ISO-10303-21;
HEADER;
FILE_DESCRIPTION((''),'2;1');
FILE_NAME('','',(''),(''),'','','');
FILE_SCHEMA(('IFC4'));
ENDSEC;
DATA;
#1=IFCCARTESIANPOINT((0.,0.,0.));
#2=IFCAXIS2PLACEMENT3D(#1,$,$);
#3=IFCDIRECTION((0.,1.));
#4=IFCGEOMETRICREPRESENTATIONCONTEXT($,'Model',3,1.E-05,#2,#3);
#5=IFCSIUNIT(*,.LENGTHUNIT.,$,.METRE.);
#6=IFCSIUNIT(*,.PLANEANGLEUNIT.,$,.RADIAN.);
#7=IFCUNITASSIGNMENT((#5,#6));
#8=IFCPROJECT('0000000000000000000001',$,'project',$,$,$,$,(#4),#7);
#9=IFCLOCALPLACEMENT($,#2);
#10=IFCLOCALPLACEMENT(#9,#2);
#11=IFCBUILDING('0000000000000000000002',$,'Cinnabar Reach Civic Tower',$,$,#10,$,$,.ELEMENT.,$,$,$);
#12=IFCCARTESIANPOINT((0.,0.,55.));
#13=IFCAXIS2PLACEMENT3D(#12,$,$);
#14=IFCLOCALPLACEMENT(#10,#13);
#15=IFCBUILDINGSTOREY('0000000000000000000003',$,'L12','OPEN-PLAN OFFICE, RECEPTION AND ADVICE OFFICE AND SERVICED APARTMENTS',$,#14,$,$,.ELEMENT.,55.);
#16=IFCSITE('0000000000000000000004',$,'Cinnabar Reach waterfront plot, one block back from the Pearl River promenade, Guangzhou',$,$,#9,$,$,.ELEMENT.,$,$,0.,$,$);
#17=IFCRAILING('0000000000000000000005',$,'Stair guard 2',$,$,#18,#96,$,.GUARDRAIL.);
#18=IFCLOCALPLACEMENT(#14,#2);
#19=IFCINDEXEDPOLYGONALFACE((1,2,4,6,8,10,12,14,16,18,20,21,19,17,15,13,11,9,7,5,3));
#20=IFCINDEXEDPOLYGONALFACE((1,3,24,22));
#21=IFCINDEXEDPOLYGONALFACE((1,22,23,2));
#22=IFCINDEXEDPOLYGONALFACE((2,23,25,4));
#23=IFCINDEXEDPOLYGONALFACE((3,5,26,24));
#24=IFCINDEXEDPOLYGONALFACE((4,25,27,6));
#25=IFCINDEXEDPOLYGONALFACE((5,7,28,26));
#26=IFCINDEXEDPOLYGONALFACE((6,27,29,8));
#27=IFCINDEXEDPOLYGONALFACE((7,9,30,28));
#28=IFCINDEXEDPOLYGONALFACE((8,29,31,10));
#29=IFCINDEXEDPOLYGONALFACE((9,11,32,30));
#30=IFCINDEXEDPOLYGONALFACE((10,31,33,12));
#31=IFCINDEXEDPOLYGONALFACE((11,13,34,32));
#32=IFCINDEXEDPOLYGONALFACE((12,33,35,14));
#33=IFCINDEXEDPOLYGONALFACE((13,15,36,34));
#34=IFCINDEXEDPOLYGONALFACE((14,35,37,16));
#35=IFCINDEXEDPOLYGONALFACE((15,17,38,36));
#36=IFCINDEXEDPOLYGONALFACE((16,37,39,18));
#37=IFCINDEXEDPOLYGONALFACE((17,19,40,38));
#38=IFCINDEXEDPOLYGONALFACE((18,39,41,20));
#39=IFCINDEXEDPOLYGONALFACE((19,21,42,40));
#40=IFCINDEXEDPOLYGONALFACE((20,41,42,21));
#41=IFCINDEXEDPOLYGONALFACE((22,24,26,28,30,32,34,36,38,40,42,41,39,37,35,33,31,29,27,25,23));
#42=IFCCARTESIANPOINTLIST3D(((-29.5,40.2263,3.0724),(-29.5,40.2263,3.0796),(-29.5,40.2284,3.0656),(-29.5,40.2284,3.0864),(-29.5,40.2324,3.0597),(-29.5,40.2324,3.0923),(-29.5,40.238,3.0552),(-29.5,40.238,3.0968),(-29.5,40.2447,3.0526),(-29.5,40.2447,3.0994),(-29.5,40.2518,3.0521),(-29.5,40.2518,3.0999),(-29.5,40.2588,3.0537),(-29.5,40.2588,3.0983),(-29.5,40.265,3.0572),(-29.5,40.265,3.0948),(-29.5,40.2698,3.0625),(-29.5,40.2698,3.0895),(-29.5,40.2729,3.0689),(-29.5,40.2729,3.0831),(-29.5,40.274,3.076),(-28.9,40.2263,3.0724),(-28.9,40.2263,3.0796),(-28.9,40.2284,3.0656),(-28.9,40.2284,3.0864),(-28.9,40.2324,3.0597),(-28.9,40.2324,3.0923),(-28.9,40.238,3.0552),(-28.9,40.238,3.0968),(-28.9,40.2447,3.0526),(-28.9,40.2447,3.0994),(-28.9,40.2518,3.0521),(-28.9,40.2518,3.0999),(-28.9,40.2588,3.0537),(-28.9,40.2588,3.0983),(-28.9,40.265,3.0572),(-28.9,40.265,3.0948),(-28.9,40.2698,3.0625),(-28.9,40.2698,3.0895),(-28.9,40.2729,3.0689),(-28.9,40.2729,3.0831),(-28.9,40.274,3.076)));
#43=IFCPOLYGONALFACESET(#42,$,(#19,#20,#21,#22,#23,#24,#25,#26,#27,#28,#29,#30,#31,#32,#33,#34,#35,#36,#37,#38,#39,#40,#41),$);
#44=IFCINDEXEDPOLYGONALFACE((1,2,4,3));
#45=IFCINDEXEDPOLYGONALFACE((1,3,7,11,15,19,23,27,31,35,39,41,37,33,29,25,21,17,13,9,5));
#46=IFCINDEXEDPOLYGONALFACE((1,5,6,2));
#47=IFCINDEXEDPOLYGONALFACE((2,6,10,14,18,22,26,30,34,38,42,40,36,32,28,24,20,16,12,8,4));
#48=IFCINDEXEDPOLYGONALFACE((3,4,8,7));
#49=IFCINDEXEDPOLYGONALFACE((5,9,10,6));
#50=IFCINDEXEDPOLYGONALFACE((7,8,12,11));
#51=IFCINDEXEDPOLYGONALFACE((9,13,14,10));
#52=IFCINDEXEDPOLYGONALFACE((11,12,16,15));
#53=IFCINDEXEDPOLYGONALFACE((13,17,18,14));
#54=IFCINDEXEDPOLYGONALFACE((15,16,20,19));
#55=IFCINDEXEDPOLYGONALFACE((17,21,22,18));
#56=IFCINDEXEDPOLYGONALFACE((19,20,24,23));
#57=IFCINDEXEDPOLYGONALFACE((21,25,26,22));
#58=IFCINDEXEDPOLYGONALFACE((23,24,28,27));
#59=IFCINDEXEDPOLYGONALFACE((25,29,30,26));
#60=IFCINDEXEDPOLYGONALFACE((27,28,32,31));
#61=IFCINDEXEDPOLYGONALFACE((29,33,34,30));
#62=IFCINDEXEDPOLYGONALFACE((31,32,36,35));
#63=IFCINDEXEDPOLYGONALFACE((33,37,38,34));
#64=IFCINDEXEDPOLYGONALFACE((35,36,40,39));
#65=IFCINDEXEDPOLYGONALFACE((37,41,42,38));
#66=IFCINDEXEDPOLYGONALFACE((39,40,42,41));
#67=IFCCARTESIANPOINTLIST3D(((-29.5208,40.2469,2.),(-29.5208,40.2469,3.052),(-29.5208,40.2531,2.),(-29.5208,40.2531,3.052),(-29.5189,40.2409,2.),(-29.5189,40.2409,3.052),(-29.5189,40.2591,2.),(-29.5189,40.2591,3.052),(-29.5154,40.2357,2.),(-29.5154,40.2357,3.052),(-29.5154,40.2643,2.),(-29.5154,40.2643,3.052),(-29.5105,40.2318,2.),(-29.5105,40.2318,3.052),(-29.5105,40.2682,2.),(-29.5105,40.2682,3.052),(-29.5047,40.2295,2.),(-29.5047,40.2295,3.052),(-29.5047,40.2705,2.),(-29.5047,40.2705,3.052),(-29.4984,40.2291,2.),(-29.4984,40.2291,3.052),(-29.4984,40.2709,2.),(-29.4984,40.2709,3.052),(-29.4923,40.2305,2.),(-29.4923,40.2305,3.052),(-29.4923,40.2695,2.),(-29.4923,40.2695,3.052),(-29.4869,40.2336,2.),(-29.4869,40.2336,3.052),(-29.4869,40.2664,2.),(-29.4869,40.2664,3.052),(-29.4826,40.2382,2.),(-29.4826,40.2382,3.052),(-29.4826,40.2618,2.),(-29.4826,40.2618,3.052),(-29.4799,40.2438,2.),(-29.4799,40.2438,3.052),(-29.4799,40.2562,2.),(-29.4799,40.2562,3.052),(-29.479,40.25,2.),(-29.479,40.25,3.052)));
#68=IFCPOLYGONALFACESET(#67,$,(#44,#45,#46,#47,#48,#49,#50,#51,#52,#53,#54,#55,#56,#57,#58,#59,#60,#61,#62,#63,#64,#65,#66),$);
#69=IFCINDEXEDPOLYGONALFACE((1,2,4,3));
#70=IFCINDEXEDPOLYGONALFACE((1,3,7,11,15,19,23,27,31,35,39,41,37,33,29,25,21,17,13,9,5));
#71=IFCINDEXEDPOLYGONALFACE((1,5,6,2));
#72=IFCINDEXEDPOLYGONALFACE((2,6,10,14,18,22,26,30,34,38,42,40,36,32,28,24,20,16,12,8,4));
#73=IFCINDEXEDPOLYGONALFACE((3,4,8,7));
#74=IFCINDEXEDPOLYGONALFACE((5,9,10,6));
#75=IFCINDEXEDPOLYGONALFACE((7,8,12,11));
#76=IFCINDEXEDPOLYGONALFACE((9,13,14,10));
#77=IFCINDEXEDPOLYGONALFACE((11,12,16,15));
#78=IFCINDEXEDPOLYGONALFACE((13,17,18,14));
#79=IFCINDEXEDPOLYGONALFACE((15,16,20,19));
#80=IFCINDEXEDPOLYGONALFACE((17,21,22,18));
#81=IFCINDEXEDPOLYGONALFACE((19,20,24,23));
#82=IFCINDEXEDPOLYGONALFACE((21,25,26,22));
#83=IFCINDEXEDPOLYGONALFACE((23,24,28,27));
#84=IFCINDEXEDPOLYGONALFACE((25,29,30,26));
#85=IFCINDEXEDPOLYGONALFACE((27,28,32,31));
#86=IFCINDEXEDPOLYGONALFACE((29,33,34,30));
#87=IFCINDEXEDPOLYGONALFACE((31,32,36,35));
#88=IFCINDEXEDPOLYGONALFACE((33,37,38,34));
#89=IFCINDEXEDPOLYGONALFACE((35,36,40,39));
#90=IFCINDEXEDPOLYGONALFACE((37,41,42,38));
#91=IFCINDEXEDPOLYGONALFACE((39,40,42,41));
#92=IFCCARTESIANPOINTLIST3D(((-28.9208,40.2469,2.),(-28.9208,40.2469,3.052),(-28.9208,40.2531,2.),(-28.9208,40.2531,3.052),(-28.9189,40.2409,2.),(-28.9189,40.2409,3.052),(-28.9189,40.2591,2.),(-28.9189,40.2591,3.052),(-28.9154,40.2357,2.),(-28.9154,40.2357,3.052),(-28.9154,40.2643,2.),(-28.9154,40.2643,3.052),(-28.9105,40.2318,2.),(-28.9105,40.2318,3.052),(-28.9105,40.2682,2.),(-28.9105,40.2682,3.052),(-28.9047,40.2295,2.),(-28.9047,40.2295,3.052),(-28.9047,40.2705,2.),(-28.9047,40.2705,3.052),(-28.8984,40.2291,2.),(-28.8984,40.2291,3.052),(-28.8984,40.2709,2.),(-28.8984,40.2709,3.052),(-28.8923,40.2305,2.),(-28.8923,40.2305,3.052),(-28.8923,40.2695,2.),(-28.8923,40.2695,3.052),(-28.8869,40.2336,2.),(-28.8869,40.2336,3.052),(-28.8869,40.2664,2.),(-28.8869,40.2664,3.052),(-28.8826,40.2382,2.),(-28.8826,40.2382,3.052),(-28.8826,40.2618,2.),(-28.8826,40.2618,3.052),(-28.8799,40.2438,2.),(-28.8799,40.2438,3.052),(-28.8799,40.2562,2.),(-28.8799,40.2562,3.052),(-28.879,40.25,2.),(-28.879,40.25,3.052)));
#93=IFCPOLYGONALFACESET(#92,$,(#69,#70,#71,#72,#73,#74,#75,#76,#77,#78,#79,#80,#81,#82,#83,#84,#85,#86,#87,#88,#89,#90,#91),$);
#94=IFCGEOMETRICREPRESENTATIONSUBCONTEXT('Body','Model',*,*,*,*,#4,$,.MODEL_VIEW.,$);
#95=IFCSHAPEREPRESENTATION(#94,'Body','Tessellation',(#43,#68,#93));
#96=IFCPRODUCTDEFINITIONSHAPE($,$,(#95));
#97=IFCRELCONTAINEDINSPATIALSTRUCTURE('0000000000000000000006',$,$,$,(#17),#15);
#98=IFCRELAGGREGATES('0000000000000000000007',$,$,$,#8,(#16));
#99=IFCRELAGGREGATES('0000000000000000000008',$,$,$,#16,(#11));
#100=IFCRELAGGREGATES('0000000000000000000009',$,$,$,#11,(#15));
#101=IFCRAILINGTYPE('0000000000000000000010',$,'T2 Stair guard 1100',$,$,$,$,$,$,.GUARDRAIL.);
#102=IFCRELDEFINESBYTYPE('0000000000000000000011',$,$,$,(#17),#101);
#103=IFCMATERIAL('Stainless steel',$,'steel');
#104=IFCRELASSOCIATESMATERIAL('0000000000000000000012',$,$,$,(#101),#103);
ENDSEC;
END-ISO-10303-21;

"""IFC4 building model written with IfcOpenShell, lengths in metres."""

from ifc_helpers import new_model, si_unit, direction, frame, origin, origin_2d, place, context, subcontext, project, spatial, circle, extrude, material, type_object, element, save


model = new_model("IFC4")

# Units and contexts
model_context = context("Model", 3, precision=1e-05, world=origin(), true_north=direction((0.0, 1.0)))
body_context = subcontext(model_context, "Body", "Model", "MODEL_VIEW")
ifc_project = project(units=[si_unit("LENGTHUNIT", "METRE"), si_unit("PLANEANGLEUNIT", "RADIAN")], contexts=[model_context])

# Site, building, storey
site_placement = place(None, origin())
site = spatial("IfcSite", under=ifc_project, at=site_placement, Name="Cinnabar Reach waterfront plot, one block back from the Pearl River promenade, Guangzhou", CompositionType="ELEMENT", RefElevation=0.0)
building_placement = place(site_placement, origin())
building = spatial("IfcBuilding", under=site, at=building_placement, Name="Cinnabar Reach Civic Tower", CompositionType="ELEMENT")
storey_placement = place(building_placement, frame((0.0, 0.0, 55.0)))
storey = spatial("IfcBuildingStorey", under=building, at=storey_placement, Name="L12", Description="OPEN-PLAN OFFICE, RECEPTION AND ADVICE OFFICE AND SERVICED APARTMENTS", CompositionType="ELEMENT", Elevation=55.0)

# Railing
ifc_material_1 = material(Name="Stainless steel", Category="steel")
railing_type_1 = type_object("IfcRailingType", Name="T2 Stair guard 1100", PredefinedType="GUARDRAIL", material=ifc_material_1)
railing_1_placement = place(storey_placement, frame((-29.5, 40.25, 2.0)))
element("IfcRailing", 1, at=railing_1_placement, inside=storey, type_object=railing_type_1, Name="Stair guard 2", PredefinedType="GUARDRAIL", context=body_context, shape_type="SweptSolid", body=[
    extrude(circle(Radius=0.024, at=origin_2d()), frame((0.0, 0.0, 1.076), z_axis=(1.0, 0.0, 0.0), x_axis=(0.0, 1.0, 0.0)), (0.0, 0.0, 1.0), 0.6),
    extrude(circle(Radius=0.021, at=origin_2d()), origin(), (0.0, 0.0, 1.0), 1.052),
    extrude(circle(Radius=0.021, at=origin_2d()), frame((0.6, 0.0, 0.0)), (0.0, 0.0, 1.0), 1.052),
])

save(model, "model.ifc")
